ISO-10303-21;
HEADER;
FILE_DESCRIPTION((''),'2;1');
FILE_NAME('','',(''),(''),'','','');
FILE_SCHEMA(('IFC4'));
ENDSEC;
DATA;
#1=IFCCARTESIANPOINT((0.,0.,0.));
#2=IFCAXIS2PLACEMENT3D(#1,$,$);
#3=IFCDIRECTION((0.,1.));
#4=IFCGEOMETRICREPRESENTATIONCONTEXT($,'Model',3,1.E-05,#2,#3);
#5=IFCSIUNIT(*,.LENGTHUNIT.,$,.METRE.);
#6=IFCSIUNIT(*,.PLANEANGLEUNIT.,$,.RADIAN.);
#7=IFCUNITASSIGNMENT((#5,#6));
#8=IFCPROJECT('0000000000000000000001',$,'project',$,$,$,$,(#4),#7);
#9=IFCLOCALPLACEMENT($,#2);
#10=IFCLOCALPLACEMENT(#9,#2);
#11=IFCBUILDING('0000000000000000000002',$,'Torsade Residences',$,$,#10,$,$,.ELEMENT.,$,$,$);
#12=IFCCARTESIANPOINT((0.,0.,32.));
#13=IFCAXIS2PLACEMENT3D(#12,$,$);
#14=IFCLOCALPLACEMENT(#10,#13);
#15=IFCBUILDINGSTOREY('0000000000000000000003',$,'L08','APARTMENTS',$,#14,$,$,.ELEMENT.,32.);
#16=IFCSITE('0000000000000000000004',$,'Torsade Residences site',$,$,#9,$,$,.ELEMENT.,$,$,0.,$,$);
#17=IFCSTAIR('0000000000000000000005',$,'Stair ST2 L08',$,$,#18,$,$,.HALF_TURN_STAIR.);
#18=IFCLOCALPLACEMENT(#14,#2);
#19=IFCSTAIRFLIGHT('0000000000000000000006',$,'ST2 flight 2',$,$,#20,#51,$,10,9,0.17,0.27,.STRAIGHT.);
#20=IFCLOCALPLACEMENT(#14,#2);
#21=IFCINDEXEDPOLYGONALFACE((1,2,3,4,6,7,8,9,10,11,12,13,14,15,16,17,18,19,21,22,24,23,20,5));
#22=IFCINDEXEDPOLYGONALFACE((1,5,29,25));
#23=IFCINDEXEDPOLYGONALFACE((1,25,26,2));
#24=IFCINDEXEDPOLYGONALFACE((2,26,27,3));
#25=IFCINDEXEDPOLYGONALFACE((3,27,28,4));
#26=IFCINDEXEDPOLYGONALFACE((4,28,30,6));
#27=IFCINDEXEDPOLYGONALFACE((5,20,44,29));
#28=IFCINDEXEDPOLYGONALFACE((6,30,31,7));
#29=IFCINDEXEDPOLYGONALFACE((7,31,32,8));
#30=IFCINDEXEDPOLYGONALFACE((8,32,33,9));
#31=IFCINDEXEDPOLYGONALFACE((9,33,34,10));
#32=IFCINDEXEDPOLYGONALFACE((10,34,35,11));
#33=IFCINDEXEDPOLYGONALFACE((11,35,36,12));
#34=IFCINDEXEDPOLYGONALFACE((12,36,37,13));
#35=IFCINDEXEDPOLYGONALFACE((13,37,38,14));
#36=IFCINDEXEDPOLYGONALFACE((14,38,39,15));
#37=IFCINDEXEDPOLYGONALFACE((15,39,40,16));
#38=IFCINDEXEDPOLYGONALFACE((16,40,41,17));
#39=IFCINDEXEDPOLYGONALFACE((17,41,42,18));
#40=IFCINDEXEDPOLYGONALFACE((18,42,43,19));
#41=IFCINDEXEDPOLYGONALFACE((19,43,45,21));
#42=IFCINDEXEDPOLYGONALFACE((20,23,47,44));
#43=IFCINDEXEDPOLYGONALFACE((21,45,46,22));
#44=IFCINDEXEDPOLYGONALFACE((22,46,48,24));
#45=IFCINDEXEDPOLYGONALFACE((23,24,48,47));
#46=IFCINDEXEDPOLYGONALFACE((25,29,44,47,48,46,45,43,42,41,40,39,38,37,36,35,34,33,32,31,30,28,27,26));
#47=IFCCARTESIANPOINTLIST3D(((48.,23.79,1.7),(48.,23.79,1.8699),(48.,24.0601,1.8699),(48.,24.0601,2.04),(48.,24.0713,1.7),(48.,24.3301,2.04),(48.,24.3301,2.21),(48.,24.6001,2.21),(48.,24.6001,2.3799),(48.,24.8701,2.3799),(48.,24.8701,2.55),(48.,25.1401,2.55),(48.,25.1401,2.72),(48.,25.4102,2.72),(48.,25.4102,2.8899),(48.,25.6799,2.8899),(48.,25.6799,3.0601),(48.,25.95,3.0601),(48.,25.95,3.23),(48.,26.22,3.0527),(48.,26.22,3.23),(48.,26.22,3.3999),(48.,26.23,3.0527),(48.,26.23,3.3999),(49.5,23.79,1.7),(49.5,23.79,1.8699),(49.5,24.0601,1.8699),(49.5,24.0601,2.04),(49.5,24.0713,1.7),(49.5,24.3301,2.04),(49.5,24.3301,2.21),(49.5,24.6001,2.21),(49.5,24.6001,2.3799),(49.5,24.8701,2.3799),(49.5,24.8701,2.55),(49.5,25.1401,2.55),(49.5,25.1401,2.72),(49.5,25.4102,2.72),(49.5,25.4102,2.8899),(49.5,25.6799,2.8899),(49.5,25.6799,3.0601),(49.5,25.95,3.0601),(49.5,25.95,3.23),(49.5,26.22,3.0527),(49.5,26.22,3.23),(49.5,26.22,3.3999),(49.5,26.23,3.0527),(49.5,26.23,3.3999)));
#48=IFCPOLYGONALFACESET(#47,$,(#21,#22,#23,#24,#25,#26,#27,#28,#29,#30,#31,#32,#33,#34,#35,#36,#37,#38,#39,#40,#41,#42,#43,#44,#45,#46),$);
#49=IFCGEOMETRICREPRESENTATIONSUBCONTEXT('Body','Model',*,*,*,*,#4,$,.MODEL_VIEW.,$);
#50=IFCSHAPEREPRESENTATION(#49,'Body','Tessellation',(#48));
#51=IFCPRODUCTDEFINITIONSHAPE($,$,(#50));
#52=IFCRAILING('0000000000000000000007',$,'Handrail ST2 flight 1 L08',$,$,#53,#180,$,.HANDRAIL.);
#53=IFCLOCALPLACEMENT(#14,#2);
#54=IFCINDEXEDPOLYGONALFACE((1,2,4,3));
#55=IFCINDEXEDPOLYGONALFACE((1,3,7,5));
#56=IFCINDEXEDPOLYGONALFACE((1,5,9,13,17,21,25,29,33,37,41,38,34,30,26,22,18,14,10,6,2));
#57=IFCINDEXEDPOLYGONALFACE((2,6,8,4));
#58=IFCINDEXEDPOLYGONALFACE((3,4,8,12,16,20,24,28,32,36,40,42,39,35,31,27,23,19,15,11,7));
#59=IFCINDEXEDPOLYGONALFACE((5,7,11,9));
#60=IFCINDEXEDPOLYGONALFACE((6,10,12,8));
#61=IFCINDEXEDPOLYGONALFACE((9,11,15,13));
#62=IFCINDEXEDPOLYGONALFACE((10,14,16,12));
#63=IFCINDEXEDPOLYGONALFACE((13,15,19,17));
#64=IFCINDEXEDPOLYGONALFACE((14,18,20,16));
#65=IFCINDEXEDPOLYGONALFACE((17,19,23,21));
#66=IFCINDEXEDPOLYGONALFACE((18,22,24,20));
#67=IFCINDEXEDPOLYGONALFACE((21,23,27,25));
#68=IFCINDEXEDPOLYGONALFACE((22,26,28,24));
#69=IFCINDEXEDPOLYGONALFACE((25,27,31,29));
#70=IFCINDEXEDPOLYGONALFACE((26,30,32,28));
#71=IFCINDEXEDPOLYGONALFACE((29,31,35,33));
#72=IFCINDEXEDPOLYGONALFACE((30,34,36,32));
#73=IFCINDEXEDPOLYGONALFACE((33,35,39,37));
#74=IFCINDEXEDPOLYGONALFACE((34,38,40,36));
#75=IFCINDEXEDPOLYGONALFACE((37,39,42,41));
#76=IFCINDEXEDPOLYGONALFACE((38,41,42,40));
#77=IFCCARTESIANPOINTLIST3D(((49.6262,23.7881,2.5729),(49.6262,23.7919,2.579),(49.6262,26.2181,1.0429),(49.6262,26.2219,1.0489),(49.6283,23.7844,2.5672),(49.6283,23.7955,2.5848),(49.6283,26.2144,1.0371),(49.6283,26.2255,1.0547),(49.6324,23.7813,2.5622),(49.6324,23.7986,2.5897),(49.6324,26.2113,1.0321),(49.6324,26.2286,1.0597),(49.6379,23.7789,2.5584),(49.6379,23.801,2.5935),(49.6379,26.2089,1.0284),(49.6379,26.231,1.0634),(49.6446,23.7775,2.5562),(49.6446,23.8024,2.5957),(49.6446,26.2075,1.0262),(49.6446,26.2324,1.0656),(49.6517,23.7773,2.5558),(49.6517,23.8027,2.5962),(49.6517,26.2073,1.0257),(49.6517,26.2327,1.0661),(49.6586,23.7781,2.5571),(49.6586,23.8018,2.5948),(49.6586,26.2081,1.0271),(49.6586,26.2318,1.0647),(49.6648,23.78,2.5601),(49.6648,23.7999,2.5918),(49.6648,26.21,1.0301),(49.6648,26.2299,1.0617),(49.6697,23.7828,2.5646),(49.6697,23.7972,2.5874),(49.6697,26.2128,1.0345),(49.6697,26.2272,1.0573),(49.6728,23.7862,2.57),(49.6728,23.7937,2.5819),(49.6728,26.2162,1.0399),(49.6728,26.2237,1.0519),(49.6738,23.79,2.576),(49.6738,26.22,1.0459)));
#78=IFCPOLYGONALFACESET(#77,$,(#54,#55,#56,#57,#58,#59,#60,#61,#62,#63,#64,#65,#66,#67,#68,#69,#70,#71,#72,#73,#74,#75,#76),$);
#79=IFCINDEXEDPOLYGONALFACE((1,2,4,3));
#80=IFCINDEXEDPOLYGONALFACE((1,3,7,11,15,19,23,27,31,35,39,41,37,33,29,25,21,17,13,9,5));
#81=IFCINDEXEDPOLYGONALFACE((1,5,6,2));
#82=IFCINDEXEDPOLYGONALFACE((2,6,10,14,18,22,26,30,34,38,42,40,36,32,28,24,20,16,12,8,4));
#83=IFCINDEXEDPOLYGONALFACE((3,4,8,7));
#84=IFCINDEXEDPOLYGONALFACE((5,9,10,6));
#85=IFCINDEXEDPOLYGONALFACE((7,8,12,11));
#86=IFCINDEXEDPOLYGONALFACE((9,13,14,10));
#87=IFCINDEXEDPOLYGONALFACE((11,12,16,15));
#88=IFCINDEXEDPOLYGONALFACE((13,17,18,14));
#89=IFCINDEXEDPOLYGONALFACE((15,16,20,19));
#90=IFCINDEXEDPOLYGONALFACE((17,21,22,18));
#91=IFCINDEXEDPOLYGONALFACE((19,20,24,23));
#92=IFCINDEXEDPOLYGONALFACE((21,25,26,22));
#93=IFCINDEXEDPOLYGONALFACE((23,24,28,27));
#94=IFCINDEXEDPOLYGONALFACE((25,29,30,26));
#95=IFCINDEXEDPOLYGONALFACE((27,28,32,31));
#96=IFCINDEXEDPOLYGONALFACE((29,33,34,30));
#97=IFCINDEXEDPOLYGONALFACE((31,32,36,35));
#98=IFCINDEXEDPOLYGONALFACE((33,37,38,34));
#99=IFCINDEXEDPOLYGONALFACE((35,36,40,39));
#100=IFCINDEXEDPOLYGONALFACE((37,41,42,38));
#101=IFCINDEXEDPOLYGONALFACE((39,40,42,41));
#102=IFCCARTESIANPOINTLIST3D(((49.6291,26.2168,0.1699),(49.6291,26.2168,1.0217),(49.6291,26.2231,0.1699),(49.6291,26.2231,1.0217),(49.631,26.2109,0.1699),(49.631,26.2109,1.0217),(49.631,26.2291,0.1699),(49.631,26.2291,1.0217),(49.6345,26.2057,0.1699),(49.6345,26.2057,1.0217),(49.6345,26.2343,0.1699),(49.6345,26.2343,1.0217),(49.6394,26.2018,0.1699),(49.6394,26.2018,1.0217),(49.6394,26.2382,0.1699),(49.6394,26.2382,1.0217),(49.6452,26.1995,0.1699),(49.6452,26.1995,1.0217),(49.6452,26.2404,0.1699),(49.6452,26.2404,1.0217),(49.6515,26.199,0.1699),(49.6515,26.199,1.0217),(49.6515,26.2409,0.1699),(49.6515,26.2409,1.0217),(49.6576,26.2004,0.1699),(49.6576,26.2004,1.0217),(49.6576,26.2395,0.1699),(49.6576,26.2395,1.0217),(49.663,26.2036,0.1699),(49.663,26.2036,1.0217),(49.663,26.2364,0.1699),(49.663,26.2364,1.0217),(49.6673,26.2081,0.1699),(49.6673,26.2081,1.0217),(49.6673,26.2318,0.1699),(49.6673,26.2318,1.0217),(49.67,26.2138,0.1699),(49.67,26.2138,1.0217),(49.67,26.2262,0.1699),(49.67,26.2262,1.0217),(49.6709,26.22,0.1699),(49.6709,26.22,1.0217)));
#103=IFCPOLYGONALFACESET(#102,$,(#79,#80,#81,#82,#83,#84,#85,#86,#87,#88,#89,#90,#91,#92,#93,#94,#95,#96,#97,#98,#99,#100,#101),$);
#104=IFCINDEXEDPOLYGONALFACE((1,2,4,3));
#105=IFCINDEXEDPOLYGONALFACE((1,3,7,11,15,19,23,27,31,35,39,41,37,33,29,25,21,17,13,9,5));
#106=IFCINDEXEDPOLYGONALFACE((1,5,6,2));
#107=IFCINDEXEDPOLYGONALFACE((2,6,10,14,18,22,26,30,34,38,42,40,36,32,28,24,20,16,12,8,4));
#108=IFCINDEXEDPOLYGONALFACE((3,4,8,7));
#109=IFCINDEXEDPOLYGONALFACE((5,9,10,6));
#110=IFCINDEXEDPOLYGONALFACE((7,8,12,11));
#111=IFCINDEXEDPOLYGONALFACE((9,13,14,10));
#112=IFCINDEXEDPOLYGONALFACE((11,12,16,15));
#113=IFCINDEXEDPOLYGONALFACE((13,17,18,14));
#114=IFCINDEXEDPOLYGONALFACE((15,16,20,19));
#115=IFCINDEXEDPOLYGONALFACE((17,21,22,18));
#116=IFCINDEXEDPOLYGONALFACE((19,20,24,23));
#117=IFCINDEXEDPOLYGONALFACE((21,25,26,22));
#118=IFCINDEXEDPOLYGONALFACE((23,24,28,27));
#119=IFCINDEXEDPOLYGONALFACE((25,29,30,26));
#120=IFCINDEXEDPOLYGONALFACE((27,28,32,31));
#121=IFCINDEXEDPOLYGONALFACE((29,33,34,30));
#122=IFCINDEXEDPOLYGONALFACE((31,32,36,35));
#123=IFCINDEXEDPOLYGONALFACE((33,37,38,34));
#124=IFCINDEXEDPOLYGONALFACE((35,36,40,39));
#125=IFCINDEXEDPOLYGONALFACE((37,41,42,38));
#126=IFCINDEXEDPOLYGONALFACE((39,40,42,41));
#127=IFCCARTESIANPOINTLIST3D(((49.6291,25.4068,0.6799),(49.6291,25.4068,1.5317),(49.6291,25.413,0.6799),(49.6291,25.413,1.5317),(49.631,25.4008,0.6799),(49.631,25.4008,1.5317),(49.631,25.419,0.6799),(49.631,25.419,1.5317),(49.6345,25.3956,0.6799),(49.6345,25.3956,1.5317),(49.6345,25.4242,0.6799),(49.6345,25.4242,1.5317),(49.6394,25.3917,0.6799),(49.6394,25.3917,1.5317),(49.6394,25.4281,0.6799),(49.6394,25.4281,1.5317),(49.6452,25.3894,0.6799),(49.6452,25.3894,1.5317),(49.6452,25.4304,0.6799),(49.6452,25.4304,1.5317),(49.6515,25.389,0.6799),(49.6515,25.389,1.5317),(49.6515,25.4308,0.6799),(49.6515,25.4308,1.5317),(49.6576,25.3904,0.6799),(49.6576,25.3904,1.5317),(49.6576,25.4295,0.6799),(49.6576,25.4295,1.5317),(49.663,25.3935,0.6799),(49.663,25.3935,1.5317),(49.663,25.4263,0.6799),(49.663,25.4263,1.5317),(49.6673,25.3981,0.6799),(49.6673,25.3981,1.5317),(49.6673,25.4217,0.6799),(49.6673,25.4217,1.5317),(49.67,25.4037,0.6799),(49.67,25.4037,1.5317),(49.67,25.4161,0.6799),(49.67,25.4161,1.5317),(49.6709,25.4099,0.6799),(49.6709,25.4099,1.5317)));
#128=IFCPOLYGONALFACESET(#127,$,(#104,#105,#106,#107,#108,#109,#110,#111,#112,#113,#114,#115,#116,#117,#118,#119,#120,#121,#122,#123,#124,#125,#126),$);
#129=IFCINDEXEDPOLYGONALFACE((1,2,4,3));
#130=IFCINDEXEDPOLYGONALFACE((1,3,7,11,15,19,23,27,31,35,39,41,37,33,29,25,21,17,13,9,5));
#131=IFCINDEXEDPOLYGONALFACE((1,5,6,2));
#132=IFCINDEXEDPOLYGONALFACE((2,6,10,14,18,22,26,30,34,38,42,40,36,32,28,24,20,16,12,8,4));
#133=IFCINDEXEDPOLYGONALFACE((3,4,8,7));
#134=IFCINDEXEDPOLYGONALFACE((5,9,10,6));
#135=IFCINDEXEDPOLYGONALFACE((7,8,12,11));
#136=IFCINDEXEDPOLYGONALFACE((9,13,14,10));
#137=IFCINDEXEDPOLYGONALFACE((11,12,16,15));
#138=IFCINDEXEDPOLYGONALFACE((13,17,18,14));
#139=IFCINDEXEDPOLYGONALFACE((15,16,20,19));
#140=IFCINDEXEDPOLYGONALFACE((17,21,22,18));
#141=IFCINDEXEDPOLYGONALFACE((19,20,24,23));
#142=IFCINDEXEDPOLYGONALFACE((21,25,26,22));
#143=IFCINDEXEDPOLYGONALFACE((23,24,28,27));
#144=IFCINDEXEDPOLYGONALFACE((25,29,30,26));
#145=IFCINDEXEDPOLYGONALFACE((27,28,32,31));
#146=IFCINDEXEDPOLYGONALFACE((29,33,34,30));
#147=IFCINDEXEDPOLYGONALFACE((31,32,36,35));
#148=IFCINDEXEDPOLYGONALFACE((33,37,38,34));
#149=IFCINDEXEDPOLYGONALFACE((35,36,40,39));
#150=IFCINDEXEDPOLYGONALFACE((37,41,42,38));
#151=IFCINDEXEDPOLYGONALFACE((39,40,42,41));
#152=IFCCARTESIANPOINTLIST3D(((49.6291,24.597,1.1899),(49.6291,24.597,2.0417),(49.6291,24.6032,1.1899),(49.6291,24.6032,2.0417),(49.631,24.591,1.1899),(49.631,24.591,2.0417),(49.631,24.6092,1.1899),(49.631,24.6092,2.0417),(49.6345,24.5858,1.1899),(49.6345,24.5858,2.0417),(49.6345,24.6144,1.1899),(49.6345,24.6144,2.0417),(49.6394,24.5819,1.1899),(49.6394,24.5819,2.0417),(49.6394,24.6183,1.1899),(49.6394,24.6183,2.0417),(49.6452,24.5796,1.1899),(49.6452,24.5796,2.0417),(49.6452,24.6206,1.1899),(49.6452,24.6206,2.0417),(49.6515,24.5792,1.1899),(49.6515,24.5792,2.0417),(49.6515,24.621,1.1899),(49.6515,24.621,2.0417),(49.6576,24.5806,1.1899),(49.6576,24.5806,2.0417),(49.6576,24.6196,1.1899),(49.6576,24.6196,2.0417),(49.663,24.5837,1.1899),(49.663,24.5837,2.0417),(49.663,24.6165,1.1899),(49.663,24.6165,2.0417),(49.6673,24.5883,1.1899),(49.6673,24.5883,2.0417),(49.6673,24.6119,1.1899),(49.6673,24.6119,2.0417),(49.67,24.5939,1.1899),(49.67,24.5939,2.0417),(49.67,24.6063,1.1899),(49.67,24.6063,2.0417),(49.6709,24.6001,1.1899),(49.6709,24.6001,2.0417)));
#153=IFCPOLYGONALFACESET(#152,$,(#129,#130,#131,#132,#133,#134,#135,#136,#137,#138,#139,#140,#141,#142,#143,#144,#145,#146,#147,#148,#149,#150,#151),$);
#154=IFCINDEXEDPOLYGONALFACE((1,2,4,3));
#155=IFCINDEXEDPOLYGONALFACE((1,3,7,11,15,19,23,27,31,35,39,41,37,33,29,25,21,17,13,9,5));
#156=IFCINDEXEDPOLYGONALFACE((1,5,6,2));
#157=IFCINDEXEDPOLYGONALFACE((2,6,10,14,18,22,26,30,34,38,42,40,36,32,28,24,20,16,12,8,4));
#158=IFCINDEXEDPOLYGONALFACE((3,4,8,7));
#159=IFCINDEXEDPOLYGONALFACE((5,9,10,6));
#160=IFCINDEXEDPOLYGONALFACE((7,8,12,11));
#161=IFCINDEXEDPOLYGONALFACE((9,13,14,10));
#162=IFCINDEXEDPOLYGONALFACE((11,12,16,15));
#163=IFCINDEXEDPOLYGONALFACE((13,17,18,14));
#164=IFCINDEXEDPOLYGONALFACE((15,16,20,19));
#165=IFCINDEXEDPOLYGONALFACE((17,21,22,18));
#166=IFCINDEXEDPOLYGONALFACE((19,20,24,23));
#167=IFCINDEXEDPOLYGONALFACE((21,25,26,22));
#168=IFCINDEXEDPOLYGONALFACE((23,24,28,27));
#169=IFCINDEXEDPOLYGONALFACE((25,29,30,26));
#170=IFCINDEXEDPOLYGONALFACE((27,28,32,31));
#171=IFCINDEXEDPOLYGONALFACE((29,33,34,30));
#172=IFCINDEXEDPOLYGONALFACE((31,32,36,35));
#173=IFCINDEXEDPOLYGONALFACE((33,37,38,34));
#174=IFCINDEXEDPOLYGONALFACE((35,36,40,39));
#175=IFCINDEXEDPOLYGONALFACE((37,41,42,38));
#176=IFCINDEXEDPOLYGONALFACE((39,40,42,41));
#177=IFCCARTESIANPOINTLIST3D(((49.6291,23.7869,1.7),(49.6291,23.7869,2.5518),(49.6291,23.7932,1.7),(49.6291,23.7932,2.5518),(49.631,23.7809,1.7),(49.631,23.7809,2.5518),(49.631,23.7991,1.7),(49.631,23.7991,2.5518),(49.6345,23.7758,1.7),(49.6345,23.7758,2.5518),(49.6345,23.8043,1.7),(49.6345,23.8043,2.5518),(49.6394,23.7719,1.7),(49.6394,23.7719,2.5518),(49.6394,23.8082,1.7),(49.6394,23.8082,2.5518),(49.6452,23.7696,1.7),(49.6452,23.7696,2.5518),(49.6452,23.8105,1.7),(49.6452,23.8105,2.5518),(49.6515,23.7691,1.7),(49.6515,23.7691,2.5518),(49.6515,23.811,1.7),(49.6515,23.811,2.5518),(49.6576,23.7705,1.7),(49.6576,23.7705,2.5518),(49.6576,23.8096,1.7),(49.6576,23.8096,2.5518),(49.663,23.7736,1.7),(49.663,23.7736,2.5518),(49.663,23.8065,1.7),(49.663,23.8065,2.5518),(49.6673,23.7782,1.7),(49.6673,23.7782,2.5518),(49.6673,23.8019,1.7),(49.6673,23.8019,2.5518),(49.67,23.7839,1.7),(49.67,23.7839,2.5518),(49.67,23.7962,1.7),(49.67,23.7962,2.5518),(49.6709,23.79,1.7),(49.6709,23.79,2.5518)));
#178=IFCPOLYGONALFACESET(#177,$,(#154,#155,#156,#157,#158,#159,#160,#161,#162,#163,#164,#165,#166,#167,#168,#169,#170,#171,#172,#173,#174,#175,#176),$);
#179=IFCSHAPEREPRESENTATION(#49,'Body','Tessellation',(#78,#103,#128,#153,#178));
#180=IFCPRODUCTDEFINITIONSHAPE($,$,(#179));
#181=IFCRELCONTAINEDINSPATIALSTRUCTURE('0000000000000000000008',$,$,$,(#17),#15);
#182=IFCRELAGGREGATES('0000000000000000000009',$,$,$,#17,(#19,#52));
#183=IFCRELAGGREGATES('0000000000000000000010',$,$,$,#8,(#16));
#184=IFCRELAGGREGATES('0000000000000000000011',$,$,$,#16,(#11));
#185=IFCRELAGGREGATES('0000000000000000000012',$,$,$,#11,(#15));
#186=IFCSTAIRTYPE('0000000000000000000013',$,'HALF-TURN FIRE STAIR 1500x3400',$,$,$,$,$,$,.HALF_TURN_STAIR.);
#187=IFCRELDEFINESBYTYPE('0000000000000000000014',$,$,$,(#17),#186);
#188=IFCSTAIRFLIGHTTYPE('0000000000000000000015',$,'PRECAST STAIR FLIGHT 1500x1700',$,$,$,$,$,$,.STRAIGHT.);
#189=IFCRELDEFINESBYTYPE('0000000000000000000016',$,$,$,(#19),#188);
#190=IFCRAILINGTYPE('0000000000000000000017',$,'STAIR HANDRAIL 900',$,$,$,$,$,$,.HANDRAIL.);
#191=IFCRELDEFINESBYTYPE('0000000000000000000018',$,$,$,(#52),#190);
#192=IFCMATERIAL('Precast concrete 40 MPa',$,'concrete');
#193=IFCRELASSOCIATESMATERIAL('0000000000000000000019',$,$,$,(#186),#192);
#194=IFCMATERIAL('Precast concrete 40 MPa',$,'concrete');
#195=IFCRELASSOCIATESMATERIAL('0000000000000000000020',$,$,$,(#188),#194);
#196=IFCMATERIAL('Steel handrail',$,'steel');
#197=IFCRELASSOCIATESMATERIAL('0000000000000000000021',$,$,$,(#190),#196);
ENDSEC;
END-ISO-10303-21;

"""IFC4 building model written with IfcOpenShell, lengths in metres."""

from ifc_helpers import new_model, si_unit, direction, frame, origin, origin_2d, place, context, subcontext, project, spatial, polyline, circle, outline, extrude, material, type_object, element, aggregate, save


model = new_model("IFC4")

# Units and contexts
model_context = context("Model", 3, precision=1e-05, world=origin(), true_north=direction((0.0, 1.0)))
body_context = subcontext(model_context, "Body", "Model", "MODEL_VIEW")
ifc_project = project(units=[si_unit("LENGTHUNIT", "METRE"), si_unit("PLANEANGLEUNIT", "RADIAN")], contexts=[model_context])

# Site, building, storey
site_placement = place(None, origin())
site = spatial("IfcSite", under=ifc_project, at=site_placement, Name="Torsade Residences site", CompositionType="ELEMENT", RefElevation=0.0)
building_placement = place(site_placement, origin())
building = spatial("IfcBuilding", under=site, at=building_placement, Name="Torsade Residences", CompositionType="ELEMENT")
storey_placement = place(building_placement, frame((0.0, 0.0, 32.0)))
storey = spatial("IfcBuildingStorey", under=building, at=storey_placement, Name="L08", Description="APARTMENTS", CompositionType="ELEMENT", Elevation=32.0)

# Stair, stair flight, railing
ifc_material_1 = material(Name="Precast concrete 40 MPa", Category="concrete")
stair_type = type_object("IfcStairType", Name="HALF-TURN FIRE STAIR 1500x3400", PredefinedType="HALF_TURN_STAIR", material=ifc_material_1)
stair_placement = place(storey_placement, origin())
stair = element("IfcStair", 1, at=stair_placement, inside=storey, type_object=stair_type, Name="Stair ST2 L08", PredefinedType="HALF_TURN_STAIR")
ifc_material_2 = material(Name="Precast concrete 40 MPa", Category="concrete")
stair_flight_type = type_object("IfcStairFlightType", Name="PRECAST STAIR FLIGHT 1500x1700", PredefinedType="STRAIGHT", material=ifc_material_2)
stair_flight_1_placement = place(storey_placement, frame((48.75, 23.79, 1.7), z_axis=(0.0, 0.0, 1.0), x_axis=(0.0, 1.0, 0.0)))
stair_flight_1 = element("IfcStairFlight", 2, at=stair_flight_1_placement, type_object=stair_flight_type, Name="ST2 flight 2", NumberOfRisers=10, NumberOfTreads=9, PredefinedType="STRAIGHT", RiserHeight=0.17, TreadLength=0.27, context=body_context, shape_type="SweptSolid", body=[
    extrude(outline(polyline([(0.0, 0.0), (0.0, 0.1699), (0.27, 0.1699), (0.27, 0.3401), (0.54, 0.3401), (0.54, 0.51), (0.8101, 0.51), (0.8101, 0.6799), (1.0801, 0.6799), (1.0801, 0.8501), (1.3501, 0.8501), (1.3501, 1.02), (1.6201, 1.02), (1.6201, 1.1899), (1.8899, 1.1899), (1.8899, 1.3601), (2.1599, 1.3601), (2.1599, 1.53), (2.4299, 1.53), (2.4299, 1.7), (2.4399, 1.7), (2.4399, 1.3528), (2.4299, 1.3528), (0.2812, 0.0), (0.0, 0.0)])), frame((0.0, 0.75, 0.0), z_axis=(0.0, -1.0, 0.0), x_axis=(1.0, 0.0, 0.0)), (0.0, 0.0, 1.0), 1.5),
])
ifc_material_3 = material(Name="Steel handrail", Category="steel")
railing_type = type_object("IfcRailingType", Name="STAIR HANDRAIL 900", PredefinedType="HANDRAIL", material=ifc_material_3)
railing_1_placement = place(storey_placement, frame((49.6499, 26.22, 0.1699)))
railing_1 = element("IfcRailing", 3, at=railing_1_placement, type_object=railing_type, Name="Handrail ST2 flight 1 L08", PredefinedType="HANDRAIL", context=body_context, shape_type="SweptSolid", body=[
    extrude(circle(Radius=0.0239, at=origin_2d()), frame((0.0, 0.0, 0.876), z_axis=(0.0, -0.846221, 0.532831), x_axis=(1.0, 0.0, 0.0)), (0.0, 0.0, 1.0), 2.8716),
    extrude(circle(Radius=0.021, at=origin_2d()), origin(), (0.0, 0.0, 1.0), 0.8518),
    extrude(circle(Radius=0.021, at=origin_2d()), frame((0.0, -0.8101, 0.51)), (0.0, 0.0, 1.0), 0.8518),
    extrude(circle(Radius=0.021, at=origin_2d()), frame((0.0, -1.6199, 1.02)), (0.0, 0.0, 1.0), 0.8518),
    extrude(circle(Radius=0.021, at=origin_2d()), frame((0.0, -2.4299, 1.53)), (0.0, 0.0, 1.0), 0.8518),
])
aggregate(stair, [stair_flight_1, railing_1])

save(model, "model.ifc")
